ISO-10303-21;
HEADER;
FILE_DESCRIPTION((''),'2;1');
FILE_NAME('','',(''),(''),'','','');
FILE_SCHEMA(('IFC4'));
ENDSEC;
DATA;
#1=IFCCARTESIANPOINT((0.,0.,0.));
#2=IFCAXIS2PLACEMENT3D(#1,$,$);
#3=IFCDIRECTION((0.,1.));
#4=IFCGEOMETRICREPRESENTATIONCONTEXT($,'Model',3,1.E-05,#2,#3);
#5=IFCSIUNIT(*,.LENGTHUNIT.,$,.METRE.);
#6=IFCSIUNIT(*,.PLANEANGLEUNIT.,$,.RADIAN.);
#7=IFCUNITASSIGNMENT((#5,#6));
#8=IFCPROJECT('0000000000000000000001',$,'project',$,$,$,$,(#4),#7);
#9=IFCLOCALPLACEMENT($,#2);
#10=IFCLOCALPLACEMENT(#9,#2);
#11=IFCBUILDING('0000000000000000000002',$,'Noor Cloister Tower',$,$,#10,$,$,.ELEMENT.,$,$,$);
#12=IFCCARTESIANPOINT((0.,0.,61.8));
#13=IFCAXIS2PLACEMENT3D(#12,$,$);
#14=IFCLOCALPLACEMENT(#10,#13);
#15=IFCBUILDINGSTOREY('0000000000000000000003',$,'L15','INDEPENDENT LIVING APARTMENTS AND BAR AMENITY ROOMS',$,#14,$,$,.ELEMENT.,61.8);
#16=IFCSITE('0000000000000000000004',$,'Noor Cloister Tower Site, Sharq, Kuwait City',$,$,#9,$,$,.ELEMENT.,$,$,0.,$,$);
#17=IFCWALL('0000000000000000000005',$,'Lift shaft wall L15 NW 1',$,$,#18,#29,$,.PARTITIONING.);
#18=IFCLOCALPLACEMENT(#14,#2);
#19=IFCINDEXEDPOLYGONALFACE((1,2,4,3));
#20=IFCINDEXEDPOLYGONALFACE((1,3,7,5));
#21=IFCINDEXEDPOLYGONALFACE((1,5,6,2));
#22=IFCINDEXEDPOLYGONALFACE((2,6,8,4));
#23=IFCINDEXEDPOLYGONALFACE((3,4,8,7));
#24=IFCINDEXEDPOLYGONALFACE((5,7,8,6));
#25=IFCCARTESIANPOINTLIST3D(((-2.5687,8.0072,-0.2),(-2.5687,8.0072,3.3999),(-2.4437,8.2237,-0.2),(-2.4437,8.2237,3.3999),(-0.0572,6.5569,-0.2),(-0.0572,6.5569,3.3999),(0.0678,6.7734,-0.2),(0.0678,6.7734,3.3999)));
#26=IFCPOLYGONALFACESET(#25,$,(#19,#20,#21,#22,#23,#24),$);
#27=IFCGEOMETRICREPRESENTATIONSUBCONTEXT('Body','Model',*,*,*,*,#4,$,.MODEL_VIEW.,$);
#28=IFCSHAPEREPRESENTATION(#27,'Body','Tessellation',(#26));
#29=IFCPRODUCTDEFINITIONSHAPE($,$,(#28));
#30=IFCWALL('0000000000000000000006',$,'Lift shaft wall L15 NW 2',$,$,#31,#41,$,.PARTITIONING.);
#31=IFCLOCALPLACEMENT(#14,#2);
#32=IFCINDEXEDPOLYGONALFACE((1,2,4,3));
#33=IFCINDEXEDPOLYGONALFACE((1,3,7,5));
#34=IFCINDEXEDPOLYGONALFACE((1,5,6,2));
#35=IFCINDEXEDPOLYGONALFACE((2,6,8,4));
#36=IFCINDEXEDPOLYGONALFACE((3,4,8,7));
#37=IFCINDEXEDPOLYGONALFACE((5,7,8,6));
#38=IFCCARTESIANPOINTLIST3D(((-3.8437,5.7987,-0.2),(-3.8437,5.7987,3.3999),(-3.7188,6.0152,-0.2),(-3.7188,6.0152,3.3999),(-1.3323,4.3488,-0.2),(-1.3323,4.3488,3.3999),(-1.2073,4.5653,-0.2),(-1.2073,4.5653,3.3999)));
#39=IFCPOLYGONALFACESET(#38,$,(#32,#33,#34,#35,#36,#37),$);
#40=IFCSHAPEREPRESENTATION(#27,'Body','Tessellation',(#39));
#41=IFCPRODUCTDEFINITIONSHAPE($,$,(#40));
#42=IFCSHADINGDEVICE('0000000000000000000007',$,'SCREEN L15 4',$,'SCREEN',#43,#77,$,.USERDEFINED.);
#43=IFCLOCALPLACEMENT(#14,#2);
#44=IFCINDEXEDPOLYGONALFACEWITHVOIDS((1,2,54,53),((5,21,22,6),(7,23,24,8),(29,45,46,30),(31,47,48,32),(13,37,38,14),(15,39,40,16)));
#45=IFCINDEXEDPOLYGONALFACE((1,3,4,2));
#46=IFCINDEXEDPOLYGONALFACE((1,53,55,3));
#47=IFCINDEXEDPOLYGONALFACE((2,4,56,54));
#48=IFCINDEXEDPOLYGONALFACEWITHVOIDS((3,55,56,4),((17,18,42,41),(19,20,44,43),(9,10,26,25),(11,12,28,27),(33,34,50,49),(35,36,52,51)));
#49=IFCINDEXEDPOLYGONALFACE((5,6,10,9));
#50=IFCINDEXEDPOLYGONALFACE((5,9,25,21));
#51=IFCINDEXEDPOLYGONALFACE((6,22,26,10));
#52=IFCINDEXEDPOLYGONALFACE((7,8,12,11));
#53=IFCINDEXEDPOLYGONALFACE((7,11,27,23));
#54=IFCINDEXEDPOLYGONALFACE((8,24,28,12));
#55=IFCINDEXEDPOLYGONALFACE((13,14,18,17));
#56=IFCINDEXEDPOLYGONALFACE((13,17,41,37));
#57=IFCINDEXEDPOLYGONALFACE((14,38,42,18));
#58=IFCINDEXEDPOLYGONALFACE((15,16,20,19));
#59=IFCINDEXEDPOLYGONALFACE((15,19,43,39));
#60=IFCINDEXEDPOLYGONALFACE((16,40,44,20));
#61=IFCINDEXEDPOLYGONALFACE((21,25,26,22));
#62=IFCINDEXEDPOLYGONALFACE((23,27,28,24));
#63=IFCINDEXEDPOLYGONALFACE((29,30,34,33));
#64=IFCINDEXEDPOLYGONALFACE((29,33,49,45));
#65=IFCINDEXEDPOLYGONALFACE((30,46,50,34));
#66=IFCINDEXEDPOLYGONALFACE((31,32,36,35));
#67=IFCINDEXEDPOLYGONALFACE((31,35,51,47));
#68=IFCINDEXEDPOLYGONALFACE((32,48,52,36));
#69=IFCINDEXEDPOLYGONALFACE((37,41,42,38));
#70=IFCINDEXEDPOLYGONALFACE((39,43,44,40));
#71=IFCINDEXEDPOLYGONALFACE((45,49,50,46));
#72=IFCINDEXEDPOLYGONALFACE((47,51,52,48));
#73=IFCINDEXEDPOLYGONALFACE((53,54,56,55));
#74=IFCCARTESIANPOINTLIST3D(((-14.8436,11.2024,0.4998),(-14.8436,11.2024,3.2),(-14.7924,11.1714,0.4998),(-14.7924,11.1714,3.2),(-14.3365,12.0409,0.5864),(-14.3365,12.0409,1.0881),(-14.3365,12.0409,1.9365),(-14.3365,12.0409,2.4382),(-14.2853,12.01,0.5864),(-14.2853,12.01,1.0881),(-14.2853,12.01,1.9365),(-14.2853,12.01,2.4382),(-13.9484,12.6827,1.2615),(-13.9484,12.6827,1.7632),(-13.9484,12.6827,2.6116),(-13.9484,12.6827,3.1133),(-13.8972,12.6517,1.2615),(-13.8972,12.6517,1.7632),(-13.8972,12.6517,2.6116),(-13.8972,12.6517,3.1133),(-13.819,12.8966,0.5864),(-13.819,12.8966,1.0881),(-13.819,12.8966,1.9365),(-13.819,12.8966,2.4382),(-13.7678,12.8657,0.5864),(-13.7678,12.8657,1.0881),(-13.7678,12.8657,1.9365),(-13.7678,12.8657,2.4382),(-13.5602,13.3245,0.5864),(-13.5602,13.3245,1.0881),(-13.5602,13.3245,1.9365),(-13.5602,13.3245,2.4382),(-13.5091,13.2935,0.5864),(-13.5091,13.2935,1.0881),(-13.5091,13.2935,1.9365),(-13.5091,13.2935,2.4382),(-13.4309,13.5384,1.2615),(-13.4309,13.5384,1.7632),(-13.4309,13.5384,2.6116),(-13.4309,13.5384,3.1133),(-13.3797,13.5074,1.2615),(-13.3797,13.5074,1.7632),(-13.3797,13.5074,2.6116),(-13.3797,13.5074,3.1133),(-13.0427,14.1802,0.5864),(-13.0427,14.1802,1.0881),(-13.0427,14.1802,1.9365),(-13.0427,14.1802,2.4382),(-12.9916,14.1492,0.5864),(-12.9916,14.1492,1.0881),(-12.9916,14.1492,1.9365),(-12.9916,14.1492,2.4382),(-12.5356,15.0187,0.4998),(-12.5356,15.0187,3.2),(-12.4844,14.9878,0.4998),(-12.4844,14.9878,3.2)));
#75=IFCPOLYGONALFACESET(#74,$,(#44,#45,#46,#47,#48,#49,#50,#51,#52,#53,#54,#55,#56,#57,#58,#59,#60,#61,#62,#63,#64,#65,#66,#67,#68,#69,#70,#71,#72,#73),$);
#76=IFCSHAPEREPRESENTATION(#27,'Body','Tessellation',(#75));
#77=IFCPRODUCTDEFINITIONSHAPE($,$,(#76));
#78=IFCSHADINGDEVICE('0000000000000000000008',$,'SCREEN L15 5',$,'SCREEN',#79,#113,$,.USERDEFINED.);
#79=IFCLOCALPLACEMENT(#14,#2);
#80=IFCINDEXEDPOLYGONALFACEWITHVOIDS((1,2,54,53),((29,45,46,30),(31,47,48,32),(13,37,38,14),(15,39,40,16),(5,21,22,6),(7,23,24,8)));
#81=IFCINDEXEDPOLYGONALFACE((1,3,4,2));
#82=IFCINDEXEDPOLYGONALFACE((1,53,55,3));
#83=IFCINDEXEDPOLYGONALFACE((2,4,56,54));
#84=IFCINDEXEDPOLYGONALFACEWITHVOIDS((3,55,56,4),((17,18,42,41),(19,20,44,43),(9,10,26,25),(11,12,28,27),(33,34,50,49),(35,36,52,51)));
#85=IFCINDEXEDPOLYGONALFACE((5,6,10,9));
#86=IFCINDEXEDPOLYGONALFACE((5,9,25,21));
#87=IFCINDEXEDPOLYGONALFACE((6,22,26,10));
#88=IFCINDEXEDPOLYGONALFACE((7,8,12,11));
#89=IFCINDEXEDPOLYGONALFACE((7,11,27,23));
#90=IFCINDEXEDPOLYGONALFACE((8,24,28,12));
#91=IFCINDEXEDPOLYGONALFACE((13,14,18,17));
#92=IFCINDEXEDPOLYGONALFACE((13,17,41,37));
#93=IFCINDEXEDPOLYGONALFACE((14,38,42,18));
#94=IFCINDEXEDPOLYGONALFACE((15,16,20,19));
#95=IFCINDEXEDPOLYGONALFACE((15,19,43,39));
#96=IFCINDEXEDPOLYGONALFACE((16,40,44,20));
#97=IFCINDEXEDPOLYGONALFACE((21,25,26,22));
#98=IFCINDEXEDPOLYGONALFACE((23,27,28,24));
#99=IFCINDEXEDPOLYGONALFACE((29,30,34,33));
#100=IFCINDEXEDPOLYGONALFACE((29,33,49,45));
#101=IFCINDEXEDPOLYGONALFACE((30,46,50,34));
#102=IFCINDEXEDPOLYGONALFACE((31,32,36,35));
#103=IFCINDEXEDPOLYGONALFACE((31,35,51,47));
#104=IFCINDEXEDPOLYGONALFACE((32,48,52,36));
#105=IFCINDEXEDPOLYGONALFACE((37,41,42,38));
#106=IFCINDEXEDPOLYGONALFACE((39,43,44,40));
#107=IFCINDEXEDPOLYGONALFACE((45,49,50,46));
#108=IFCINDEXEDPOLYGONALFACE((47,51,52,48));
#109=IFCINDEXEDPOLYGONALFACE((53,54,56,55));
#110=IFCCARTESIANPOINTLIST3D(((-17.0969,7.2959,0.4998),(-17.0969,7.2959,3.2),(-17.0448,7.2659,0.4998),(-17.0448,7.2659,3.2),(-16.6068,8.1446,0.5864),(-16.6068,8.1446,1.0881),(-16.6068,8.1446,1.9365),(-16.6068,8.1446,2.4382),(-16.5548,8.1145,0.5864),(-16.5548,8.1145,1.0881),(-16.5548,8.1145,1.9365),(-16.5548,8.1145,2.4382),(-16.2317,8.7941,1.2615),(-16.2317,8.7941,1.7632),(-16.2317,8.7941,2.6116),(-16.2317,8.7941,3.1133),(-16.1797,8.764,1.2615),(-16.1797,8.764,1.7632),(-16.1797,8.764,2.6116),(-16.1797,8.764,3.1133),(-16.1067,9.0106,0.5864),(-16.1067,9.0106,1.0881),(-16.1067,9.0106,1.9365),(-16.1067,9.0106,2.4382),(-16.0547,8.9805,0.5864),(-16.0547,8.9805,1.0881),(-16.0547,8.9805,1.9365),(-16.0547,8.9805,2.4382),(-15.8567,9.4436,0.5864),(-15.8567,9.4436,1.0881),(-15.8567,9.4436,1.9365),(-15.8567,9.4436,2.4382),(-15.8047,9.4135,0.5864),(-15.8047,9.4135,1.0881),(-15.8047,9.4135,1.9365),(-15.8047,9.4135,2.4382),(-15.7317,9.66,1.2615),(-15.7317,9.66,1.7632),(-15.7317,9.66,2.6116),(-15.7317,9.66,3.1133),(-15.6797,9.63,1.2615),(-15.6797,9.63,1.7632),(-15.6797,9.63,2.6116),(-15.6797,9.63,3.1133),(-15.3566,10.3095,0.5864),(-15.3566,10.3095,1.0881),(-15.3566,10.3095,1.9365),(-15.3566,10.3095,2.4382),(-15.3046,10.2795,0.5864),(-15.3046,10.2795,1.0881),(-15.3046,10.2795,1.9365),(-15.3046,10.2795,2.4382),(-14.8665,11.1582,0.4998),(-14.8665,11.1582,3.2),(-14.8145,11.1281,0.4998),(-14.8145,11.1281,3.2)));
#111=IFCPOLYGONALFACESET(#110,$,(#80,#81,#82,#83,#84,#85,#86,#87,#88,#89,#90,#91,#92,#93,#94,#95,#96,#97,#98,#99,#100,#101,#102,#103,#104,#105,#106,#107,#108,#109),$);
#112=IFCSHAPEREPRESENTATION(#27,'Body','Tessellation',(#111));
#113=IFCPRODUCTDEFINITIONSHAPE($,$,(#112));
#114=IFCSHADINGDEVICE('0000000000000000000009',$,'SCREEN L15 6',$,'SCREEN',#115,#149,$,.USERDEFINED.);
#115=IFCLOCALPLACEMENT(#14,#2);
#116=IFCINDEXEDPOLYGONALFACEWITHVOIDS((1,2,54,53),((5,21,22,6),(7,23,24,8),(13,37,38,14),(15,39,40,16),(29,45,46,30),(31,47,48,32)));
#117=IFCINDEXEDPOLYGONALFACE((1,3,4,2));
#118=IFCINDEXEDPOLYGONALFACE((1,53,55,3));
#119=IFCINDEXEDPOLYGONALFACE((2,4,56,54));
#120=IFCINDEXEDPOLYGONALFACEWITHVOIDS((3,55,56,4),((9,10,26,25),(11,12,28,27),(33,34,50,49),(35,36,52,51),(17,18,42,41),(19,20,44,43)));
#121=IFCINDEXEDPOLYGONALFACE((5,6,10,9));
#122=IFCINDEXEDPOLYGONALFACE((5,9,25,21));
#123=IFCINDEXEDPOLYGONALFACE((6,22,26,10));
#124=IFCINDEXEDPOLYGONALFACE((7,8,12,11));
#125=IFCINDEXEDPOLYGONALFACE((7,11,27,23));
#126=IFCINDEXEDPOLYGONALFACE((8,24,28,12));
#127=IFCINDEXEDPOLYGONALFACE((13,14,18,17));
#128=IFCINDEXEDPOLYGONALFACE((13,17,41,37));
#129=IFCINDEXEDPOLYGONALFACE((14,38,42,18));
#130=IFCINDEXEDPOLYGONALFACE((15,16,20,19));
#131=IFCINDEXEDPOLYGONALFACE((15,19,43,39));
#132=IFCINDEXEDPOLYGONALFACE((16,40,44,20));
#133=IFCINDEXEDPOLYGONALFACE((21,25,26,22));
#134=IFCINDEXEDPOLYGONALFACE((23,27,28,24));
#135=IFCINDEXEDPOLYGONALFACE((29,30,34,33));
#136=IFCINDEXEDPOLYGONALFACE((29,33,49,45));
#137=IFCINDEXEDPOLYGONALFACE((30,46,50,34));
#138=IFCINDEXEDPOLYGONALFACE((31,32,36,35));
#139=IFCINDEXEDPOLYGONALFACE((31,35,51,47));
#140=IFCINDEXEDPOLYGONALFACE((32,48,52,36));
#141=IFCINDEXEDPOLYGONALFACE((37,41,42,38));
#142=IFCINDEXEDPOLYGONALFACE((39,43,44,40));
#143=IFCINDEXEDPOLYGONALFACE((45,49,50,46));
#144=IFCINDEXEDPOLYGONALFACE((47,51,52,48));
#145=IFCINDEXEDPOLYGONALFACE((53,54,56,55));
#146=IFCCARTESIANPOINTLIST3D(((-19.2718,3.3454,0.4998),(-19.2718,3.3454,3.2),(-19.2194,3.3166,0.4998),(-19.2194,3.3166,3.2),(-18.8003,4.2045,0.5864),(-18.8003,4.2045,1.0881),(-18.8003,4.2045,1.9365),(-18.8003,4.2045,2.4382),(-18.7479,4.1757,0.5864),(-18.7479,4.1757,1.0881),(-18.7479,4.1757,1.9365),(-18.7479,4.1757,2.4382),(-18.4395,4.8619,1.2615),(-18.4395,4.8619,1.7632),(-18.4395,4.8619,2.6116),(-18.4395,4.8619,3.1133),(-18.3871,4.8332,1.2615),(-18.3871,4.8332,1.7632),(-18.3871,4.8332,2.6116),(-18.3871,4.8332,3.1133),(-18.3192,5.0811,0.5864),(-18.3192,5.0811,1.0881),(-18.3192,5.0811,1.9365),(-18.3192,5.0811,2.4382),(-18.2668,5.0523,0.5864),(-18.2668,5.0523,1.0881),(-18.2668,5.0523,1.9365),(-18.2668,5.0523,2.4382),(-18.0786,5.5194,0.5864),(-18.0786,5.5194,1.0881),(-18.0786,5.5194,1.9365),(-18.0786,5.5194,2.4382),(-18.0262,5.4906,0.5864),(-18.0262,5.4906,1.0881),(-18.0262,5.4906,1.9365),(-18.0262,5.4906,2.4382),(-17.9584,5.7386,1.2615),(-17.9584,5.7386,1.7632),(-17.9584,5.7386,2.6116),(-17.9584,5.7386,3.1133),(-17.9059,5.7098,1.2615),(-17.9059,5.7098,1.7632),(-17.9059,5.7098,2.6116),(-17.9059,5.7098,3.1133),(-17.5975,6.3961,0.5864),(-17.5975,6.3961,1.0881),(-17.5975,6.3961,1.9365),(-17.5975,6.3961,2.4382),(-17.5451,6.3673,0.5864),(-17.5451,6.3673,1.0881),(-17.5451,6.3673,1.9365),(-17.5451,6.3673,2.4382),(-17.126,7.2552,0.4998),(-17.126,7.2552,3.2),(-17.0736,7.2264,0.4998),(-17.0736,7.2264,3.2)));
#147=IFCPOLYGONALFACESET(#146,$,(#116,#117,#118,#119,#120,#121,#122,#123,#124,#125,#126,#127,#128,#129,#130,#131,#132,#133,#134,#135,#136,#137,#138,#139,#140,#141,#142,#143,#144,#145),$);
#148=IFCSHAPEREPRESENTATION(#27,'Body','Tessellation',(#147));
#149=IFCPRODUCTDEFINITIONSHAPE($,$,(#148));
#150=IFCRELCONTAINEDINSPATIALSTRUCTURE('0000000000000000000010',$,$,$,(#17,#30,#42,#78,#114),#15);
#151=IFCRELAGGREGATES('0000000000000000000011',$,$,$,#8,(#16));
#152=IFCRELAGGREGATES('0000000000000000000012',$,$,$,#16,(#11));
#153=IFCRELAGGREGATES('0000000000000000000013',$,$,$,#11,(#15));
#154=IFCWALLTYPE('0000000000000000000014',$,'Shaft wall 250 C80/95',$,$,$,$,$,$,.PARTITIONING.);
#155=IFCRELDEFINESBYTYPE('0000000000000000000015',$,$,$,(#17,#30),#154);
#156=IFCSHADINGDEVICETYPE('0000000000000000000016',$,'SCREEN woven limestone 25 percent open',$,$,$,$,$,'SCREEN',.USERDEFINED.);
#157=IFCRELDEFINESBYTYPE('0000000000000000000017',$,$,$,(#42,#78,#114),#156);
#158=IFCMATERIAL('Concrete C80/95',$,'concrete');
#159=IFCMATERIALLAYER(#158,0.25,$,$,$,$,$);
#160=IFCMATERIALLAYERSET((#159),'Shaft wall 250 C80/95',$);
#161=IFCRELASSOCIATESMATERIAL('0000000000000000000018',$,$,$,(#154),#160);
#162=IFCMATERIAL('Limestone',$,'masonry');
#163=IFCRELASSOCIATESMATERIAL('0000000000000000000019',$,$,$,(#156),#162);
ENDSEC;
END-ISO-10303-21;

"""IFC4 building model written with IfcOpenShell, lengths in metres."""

from ifc_helpers import new_model, si_unit, direction, frame, frame_2d, origin, place, context, subcontext, project, spatial, polyline, rectangle, outline, extrude, material, layer, layer_set, material_profile, profile_set, type_object, element, save


model = new_model("IFC4")

# Units and contexts
model_context = context("Model", 3, precision=1e-05, world=origin(), true_north=direction((0.0, 1.0)))
body_context = subcontext(model_context, "Body", "Model", "MODEL_VIEW")
ifc_project = project(units=[si_unit("LENGTHUNIT", "METRE"), si_unit("PLANEANGLEUNIT", "RADIAN")], contexts=[model_context])

# Site, building, storey
site_placement = place(None, origin())
site = spatial("IfcSite", under=ifc_project, at=site_placement, Name="Noor Cloister Tower Site, Sharq, Kuwait City", CompositionType="ELEMENT", RefElevation=0.0)
building_placement = place(site_placement, origin())
building = spatial("IfcBuilding", under=site, at=building_placement, Name="Noor Cloister Tower", CompositionType="ELEMENT")
storey_placement = place(building_placement, frame((0.0, 0.0, 61.8)))
storey = spatial("IfcBuildingStorey", under=building, at=storey_placement, Name="L15", Description="INDEPENDENT LIVING APARTMENTS AND BAR AMENITY ROOMS", CompositionType="ELEMENT", Elevation=61.8)

# Walls
ifc_material_1 = material(Name="Concrete C80/95", Category="concrete")
ifc_layer_1 = layer(ifc_material_1, 0.25)
ifc_layer_set_1 = layer_set([ifc_layer_1], Name="Shaft wall 250 C80/95")
wall_type_1 = type_object("IfcWallType", Name="Shaft wall 250 C80/95", PredefinedType="PARTITIONING", material=ifc_layer_set_1)
wall_1_placement = place(storey_placement, frame((-2.5063, 8.1155, -0.2), z_axis=(0.0, 0.0, 1.0), x_axis=(0.865996, -0.50005, 0.0)))
element("IfcWall", 1, at=wall_1_placement, inside=storey, type_object=wall_type_1, Name="Lift shaft wall L15 NW 1", PredefinedType="PARTITIONING", context=body_context, shape_type="SweptSolid", body=[
    extrude(rectangle(XDim=2.9001, YDim=0.25, at=frame_2d((1.4502, 0.0))), origin(), (0.0, 0.0, 1.0), 3.5999),
])
wall_2_placement = place(storey_placement, frame((-3.7812, 5.907, -0.2), z_axis=(0.0, 0.0, 1.0), x_axis=(0.866033, -0.499987, 0.0)))
element("IfcWall", 2, at=wall_2_placement, inside=storey, type_object=wall_type_1, Name="Lift shaft wall L15 NW 2", PredefinedType="PARTITIONING", context=body_context, shape_type="SweptSolid", body=[
    extrude(rectangle(XDim=2.8999, YDim=0.25, at=frame_2d((1.45, 0.0))), origin(), (0.0, 0.0, 1.0), 3.5999),
])

# Shading devices
ifc_material_2 = material(Name="Limestone", Category="masonry")
ifc_material_profile_1 = material_profile(ifc_material_2, outline(polyline([(-2.23, -1.3501), (2.23, -1.3501), (2.23, 1.3501), (-2.23, 1.3501), (-2.23, -1.3501)]), holes=[polyline([(-1.25, -1.2634), (-0.25, -1.2634), (-0.25, -0.7617), (-1.25, -0.7617), (-1.25, -1.2634)]), polyline([(0.25, -1.2634), (1.25, -1.2634), (1.25, -0.7617), (0.25, -0.7617), (0.25, -1.2634)]), polyline([(-0.5, -0.5884), (0.5, -0.5884), (0.5, -0.0867), (-0.5, -0.0867), (-0.5, -0.5884)]), polyline([(-1.25, 0.0867), (-0.25, 0.0867), (-0.25, 0.5884), (-1.25, 0.5884), (-1.25, 0.0867)]), polyline([(0.25, 0.0867), (1.25, 0.0867), (1.25, 0.5884), (0.25, 0.5884), (0.25, 0.0867)]), polyline([(-0.5, 0.7617), (0.5, 0.7617), (0.5, 1.2634), (-0.5, 1.2634), (-0.5, 0.7617)])]), Name="Woven screen 25 percent open")
ifc_profile_set_1 = profile_set([ifc_material_profile_1], Name="Limestone")
shading_device_type = type_object("IfcShadingDeviceType", Name="SCREEN woven limestone 25 percent open", ElementType="SCREEN", PredefinedType="USERDEFINED", material=ifc_profile_set_1)
shading_device_1_placement = place(storey_placement, frame((-13.6384, 13.0796, 1.8499), z_axis=(-0.85569, 0.517489, 0.0), x_axis=(-0.517489, -0.85569, 0.0)))
element("IfcShadingDevice", 3, at=shading_device_1_placement, inside=storey, type_object=shading_device_type, Name="SCREEN L15 4", ObjectType="SCREEN", PredefinedType="USERDEFINED", context=body_context, shape_type="SweptSolid", body=[
    extrude(outline(polyline([(-2.23, -1.3501), (2.23, -1.3501), (2.23, 1.3501), (-2.23, 1.3501), (-2.23, -1.3501)]), holes=[polyline([(-1.25, -1.2634), (-0.25, -1.2634), (-0.25, -0.7617), (-1.25, -0.7617), (-1.25, -1.2634)]), polyline([(0.25, -1.2634), (1.25, -1.2634), (1.25, -0.7617), (0.25, -0.7617), (0.25, -1.2634)]), polyline([(-0.5, -0.5884), (0.5, -0.5884), (0.5, -0.0867), (-0.5, -0.0867), (-0.5, -0.5884)]), polyline([(-1.25, 0.0867), (-0.25, 0.0867), (-0.25, 0.5884), (-1.25, 0.5884), (-1.25, 0.0867)]), polyline([(0.25, 0.0867), (1.25, 0.0867), (1.25, 0.5884), (0.25, 0.5884), (0.25, 0.0867)]), polyline([(-0.5, 0.7617), (0.5, 0.7617), (0.5, 1.2634), (-0.5, 1.2634), (-0.5, 0.7617)])]), origin(), (0.0, 0.0, 1.0), 0.0598),
])
shading_device_2_placement = place(storey_placement, frame((-15.9297, 9.197, 1.8499), z_axis=(-0.865982, 0.500074, 0.0), x_axis=(-0.500074, -0.865982, 0.0)))
element("IfcShadingDevice", 4, at=shading_device_2_placement, inside=storey, type_object=shading_device_type, Name="SCREEN L15 5", ObjectType="SCREEN", PredefinedType="USERDEFINED", context=body_context, shape_type="SweptSolid", body=[
    extrude(outline(polyline([(-2.23, -1.3501), (2.23, -1.3501), (2.23, 1.3501), (-2.23, 1.3501), (-2.23, -1.3501)]), holes=[polyline([(-1.25, -1.2634), (-0.25, -1.2634), (-0.25, -0.7617), (-1.25, -0.7617), (-1.25, -1.2634)]), polyline([(0.25, -1.2634), (1.25, -1.2634), (1.25, -0.7617), (0.25, -0.7617), (0.25, -1.2634)]), polyline([(-0.5, -0.5884), (0.5, -0.5884), (0.5, -0.0867), (-0.5, -0.0867), (-0.5, -0.5884)]), polyline([(-1.25, 0.0867), (-0.25, 0.0867), (-0.25, 0.5884), (-1.25, 0.5884), (-1.25, 0.0867)]), polyline([(0.25, 0.0867), (1.25, 0.0867), (1.25, 0.5884), (0.25, 0.5884), (0.25, 0.0867)]), polyline([(-0.5, 0.7617), (0.5, 0.7617), (0.5, 1.2634), (-0.5, 1.2634), (-0.5, 0.7617)])]), origin(), (0.0, 0.0, 1.0), 0.0601),
])
shading_device_3_placement = place(storey_placement, frame((-18.1465, 5.2715, 1.8499), z_axis=(-0.876646, 0.481136, 0.0), x_axis=(-0.481136, -0.876646, 0.0)))
element("IfcShadingDevice", 5, at=shading_device_3_placement, inside=storey, type_object=shading_device_type, Name="SCREEN L15 6", ObjectType="SCREEN", PredefinedType="USERDEFINED", context=body_context, shape_type="SweptSolid", body=[
    extrude(outline(polyline([(-2.23, -1.3501), (2.23, -1.3501), (2.23, 1.3501), (-2.23, 1.3501), (-2.23, -1.3501)]), holes=[polyline([(-1.25, -1.2634), (-0.25, -1.2634), (-0.25, -0.7617), (-1.25, -0.7617), (-1.25, -1.2634)]), polyline([(0.25, -1.2634), (1.25, -1.2634), (1.25, -0.7617), (0.25, -0.7617), (0.25, -1.2634)]), polyline([(-0.5, -0.5884), (0.5, -0.5884), (0.5, -0.0867), (-0.5, -0.0867), (-0.5, -0.5884)]), polyline([(-1.25, 0.0867), (-0.25, 0.0867), (-0.25, 0.5884), (-1.25, 0.5884), (-1.25, 0.0867)]), polyline([(0.25, 0.0867), (1.25, 0.0867), (1.25, 0.5884), (0.25, 0.5884), (0.25, 0.0867)]), polyline([(-0.5, 0.7617), (0.5, 0.7617), (0.5, 1.2634), (-0.5, 1.2634), (-0.5, 0.7617)])]), origin(), (0.0, 0.0, 1.0), 0.0598),
])

save(model, "model.ifc")
